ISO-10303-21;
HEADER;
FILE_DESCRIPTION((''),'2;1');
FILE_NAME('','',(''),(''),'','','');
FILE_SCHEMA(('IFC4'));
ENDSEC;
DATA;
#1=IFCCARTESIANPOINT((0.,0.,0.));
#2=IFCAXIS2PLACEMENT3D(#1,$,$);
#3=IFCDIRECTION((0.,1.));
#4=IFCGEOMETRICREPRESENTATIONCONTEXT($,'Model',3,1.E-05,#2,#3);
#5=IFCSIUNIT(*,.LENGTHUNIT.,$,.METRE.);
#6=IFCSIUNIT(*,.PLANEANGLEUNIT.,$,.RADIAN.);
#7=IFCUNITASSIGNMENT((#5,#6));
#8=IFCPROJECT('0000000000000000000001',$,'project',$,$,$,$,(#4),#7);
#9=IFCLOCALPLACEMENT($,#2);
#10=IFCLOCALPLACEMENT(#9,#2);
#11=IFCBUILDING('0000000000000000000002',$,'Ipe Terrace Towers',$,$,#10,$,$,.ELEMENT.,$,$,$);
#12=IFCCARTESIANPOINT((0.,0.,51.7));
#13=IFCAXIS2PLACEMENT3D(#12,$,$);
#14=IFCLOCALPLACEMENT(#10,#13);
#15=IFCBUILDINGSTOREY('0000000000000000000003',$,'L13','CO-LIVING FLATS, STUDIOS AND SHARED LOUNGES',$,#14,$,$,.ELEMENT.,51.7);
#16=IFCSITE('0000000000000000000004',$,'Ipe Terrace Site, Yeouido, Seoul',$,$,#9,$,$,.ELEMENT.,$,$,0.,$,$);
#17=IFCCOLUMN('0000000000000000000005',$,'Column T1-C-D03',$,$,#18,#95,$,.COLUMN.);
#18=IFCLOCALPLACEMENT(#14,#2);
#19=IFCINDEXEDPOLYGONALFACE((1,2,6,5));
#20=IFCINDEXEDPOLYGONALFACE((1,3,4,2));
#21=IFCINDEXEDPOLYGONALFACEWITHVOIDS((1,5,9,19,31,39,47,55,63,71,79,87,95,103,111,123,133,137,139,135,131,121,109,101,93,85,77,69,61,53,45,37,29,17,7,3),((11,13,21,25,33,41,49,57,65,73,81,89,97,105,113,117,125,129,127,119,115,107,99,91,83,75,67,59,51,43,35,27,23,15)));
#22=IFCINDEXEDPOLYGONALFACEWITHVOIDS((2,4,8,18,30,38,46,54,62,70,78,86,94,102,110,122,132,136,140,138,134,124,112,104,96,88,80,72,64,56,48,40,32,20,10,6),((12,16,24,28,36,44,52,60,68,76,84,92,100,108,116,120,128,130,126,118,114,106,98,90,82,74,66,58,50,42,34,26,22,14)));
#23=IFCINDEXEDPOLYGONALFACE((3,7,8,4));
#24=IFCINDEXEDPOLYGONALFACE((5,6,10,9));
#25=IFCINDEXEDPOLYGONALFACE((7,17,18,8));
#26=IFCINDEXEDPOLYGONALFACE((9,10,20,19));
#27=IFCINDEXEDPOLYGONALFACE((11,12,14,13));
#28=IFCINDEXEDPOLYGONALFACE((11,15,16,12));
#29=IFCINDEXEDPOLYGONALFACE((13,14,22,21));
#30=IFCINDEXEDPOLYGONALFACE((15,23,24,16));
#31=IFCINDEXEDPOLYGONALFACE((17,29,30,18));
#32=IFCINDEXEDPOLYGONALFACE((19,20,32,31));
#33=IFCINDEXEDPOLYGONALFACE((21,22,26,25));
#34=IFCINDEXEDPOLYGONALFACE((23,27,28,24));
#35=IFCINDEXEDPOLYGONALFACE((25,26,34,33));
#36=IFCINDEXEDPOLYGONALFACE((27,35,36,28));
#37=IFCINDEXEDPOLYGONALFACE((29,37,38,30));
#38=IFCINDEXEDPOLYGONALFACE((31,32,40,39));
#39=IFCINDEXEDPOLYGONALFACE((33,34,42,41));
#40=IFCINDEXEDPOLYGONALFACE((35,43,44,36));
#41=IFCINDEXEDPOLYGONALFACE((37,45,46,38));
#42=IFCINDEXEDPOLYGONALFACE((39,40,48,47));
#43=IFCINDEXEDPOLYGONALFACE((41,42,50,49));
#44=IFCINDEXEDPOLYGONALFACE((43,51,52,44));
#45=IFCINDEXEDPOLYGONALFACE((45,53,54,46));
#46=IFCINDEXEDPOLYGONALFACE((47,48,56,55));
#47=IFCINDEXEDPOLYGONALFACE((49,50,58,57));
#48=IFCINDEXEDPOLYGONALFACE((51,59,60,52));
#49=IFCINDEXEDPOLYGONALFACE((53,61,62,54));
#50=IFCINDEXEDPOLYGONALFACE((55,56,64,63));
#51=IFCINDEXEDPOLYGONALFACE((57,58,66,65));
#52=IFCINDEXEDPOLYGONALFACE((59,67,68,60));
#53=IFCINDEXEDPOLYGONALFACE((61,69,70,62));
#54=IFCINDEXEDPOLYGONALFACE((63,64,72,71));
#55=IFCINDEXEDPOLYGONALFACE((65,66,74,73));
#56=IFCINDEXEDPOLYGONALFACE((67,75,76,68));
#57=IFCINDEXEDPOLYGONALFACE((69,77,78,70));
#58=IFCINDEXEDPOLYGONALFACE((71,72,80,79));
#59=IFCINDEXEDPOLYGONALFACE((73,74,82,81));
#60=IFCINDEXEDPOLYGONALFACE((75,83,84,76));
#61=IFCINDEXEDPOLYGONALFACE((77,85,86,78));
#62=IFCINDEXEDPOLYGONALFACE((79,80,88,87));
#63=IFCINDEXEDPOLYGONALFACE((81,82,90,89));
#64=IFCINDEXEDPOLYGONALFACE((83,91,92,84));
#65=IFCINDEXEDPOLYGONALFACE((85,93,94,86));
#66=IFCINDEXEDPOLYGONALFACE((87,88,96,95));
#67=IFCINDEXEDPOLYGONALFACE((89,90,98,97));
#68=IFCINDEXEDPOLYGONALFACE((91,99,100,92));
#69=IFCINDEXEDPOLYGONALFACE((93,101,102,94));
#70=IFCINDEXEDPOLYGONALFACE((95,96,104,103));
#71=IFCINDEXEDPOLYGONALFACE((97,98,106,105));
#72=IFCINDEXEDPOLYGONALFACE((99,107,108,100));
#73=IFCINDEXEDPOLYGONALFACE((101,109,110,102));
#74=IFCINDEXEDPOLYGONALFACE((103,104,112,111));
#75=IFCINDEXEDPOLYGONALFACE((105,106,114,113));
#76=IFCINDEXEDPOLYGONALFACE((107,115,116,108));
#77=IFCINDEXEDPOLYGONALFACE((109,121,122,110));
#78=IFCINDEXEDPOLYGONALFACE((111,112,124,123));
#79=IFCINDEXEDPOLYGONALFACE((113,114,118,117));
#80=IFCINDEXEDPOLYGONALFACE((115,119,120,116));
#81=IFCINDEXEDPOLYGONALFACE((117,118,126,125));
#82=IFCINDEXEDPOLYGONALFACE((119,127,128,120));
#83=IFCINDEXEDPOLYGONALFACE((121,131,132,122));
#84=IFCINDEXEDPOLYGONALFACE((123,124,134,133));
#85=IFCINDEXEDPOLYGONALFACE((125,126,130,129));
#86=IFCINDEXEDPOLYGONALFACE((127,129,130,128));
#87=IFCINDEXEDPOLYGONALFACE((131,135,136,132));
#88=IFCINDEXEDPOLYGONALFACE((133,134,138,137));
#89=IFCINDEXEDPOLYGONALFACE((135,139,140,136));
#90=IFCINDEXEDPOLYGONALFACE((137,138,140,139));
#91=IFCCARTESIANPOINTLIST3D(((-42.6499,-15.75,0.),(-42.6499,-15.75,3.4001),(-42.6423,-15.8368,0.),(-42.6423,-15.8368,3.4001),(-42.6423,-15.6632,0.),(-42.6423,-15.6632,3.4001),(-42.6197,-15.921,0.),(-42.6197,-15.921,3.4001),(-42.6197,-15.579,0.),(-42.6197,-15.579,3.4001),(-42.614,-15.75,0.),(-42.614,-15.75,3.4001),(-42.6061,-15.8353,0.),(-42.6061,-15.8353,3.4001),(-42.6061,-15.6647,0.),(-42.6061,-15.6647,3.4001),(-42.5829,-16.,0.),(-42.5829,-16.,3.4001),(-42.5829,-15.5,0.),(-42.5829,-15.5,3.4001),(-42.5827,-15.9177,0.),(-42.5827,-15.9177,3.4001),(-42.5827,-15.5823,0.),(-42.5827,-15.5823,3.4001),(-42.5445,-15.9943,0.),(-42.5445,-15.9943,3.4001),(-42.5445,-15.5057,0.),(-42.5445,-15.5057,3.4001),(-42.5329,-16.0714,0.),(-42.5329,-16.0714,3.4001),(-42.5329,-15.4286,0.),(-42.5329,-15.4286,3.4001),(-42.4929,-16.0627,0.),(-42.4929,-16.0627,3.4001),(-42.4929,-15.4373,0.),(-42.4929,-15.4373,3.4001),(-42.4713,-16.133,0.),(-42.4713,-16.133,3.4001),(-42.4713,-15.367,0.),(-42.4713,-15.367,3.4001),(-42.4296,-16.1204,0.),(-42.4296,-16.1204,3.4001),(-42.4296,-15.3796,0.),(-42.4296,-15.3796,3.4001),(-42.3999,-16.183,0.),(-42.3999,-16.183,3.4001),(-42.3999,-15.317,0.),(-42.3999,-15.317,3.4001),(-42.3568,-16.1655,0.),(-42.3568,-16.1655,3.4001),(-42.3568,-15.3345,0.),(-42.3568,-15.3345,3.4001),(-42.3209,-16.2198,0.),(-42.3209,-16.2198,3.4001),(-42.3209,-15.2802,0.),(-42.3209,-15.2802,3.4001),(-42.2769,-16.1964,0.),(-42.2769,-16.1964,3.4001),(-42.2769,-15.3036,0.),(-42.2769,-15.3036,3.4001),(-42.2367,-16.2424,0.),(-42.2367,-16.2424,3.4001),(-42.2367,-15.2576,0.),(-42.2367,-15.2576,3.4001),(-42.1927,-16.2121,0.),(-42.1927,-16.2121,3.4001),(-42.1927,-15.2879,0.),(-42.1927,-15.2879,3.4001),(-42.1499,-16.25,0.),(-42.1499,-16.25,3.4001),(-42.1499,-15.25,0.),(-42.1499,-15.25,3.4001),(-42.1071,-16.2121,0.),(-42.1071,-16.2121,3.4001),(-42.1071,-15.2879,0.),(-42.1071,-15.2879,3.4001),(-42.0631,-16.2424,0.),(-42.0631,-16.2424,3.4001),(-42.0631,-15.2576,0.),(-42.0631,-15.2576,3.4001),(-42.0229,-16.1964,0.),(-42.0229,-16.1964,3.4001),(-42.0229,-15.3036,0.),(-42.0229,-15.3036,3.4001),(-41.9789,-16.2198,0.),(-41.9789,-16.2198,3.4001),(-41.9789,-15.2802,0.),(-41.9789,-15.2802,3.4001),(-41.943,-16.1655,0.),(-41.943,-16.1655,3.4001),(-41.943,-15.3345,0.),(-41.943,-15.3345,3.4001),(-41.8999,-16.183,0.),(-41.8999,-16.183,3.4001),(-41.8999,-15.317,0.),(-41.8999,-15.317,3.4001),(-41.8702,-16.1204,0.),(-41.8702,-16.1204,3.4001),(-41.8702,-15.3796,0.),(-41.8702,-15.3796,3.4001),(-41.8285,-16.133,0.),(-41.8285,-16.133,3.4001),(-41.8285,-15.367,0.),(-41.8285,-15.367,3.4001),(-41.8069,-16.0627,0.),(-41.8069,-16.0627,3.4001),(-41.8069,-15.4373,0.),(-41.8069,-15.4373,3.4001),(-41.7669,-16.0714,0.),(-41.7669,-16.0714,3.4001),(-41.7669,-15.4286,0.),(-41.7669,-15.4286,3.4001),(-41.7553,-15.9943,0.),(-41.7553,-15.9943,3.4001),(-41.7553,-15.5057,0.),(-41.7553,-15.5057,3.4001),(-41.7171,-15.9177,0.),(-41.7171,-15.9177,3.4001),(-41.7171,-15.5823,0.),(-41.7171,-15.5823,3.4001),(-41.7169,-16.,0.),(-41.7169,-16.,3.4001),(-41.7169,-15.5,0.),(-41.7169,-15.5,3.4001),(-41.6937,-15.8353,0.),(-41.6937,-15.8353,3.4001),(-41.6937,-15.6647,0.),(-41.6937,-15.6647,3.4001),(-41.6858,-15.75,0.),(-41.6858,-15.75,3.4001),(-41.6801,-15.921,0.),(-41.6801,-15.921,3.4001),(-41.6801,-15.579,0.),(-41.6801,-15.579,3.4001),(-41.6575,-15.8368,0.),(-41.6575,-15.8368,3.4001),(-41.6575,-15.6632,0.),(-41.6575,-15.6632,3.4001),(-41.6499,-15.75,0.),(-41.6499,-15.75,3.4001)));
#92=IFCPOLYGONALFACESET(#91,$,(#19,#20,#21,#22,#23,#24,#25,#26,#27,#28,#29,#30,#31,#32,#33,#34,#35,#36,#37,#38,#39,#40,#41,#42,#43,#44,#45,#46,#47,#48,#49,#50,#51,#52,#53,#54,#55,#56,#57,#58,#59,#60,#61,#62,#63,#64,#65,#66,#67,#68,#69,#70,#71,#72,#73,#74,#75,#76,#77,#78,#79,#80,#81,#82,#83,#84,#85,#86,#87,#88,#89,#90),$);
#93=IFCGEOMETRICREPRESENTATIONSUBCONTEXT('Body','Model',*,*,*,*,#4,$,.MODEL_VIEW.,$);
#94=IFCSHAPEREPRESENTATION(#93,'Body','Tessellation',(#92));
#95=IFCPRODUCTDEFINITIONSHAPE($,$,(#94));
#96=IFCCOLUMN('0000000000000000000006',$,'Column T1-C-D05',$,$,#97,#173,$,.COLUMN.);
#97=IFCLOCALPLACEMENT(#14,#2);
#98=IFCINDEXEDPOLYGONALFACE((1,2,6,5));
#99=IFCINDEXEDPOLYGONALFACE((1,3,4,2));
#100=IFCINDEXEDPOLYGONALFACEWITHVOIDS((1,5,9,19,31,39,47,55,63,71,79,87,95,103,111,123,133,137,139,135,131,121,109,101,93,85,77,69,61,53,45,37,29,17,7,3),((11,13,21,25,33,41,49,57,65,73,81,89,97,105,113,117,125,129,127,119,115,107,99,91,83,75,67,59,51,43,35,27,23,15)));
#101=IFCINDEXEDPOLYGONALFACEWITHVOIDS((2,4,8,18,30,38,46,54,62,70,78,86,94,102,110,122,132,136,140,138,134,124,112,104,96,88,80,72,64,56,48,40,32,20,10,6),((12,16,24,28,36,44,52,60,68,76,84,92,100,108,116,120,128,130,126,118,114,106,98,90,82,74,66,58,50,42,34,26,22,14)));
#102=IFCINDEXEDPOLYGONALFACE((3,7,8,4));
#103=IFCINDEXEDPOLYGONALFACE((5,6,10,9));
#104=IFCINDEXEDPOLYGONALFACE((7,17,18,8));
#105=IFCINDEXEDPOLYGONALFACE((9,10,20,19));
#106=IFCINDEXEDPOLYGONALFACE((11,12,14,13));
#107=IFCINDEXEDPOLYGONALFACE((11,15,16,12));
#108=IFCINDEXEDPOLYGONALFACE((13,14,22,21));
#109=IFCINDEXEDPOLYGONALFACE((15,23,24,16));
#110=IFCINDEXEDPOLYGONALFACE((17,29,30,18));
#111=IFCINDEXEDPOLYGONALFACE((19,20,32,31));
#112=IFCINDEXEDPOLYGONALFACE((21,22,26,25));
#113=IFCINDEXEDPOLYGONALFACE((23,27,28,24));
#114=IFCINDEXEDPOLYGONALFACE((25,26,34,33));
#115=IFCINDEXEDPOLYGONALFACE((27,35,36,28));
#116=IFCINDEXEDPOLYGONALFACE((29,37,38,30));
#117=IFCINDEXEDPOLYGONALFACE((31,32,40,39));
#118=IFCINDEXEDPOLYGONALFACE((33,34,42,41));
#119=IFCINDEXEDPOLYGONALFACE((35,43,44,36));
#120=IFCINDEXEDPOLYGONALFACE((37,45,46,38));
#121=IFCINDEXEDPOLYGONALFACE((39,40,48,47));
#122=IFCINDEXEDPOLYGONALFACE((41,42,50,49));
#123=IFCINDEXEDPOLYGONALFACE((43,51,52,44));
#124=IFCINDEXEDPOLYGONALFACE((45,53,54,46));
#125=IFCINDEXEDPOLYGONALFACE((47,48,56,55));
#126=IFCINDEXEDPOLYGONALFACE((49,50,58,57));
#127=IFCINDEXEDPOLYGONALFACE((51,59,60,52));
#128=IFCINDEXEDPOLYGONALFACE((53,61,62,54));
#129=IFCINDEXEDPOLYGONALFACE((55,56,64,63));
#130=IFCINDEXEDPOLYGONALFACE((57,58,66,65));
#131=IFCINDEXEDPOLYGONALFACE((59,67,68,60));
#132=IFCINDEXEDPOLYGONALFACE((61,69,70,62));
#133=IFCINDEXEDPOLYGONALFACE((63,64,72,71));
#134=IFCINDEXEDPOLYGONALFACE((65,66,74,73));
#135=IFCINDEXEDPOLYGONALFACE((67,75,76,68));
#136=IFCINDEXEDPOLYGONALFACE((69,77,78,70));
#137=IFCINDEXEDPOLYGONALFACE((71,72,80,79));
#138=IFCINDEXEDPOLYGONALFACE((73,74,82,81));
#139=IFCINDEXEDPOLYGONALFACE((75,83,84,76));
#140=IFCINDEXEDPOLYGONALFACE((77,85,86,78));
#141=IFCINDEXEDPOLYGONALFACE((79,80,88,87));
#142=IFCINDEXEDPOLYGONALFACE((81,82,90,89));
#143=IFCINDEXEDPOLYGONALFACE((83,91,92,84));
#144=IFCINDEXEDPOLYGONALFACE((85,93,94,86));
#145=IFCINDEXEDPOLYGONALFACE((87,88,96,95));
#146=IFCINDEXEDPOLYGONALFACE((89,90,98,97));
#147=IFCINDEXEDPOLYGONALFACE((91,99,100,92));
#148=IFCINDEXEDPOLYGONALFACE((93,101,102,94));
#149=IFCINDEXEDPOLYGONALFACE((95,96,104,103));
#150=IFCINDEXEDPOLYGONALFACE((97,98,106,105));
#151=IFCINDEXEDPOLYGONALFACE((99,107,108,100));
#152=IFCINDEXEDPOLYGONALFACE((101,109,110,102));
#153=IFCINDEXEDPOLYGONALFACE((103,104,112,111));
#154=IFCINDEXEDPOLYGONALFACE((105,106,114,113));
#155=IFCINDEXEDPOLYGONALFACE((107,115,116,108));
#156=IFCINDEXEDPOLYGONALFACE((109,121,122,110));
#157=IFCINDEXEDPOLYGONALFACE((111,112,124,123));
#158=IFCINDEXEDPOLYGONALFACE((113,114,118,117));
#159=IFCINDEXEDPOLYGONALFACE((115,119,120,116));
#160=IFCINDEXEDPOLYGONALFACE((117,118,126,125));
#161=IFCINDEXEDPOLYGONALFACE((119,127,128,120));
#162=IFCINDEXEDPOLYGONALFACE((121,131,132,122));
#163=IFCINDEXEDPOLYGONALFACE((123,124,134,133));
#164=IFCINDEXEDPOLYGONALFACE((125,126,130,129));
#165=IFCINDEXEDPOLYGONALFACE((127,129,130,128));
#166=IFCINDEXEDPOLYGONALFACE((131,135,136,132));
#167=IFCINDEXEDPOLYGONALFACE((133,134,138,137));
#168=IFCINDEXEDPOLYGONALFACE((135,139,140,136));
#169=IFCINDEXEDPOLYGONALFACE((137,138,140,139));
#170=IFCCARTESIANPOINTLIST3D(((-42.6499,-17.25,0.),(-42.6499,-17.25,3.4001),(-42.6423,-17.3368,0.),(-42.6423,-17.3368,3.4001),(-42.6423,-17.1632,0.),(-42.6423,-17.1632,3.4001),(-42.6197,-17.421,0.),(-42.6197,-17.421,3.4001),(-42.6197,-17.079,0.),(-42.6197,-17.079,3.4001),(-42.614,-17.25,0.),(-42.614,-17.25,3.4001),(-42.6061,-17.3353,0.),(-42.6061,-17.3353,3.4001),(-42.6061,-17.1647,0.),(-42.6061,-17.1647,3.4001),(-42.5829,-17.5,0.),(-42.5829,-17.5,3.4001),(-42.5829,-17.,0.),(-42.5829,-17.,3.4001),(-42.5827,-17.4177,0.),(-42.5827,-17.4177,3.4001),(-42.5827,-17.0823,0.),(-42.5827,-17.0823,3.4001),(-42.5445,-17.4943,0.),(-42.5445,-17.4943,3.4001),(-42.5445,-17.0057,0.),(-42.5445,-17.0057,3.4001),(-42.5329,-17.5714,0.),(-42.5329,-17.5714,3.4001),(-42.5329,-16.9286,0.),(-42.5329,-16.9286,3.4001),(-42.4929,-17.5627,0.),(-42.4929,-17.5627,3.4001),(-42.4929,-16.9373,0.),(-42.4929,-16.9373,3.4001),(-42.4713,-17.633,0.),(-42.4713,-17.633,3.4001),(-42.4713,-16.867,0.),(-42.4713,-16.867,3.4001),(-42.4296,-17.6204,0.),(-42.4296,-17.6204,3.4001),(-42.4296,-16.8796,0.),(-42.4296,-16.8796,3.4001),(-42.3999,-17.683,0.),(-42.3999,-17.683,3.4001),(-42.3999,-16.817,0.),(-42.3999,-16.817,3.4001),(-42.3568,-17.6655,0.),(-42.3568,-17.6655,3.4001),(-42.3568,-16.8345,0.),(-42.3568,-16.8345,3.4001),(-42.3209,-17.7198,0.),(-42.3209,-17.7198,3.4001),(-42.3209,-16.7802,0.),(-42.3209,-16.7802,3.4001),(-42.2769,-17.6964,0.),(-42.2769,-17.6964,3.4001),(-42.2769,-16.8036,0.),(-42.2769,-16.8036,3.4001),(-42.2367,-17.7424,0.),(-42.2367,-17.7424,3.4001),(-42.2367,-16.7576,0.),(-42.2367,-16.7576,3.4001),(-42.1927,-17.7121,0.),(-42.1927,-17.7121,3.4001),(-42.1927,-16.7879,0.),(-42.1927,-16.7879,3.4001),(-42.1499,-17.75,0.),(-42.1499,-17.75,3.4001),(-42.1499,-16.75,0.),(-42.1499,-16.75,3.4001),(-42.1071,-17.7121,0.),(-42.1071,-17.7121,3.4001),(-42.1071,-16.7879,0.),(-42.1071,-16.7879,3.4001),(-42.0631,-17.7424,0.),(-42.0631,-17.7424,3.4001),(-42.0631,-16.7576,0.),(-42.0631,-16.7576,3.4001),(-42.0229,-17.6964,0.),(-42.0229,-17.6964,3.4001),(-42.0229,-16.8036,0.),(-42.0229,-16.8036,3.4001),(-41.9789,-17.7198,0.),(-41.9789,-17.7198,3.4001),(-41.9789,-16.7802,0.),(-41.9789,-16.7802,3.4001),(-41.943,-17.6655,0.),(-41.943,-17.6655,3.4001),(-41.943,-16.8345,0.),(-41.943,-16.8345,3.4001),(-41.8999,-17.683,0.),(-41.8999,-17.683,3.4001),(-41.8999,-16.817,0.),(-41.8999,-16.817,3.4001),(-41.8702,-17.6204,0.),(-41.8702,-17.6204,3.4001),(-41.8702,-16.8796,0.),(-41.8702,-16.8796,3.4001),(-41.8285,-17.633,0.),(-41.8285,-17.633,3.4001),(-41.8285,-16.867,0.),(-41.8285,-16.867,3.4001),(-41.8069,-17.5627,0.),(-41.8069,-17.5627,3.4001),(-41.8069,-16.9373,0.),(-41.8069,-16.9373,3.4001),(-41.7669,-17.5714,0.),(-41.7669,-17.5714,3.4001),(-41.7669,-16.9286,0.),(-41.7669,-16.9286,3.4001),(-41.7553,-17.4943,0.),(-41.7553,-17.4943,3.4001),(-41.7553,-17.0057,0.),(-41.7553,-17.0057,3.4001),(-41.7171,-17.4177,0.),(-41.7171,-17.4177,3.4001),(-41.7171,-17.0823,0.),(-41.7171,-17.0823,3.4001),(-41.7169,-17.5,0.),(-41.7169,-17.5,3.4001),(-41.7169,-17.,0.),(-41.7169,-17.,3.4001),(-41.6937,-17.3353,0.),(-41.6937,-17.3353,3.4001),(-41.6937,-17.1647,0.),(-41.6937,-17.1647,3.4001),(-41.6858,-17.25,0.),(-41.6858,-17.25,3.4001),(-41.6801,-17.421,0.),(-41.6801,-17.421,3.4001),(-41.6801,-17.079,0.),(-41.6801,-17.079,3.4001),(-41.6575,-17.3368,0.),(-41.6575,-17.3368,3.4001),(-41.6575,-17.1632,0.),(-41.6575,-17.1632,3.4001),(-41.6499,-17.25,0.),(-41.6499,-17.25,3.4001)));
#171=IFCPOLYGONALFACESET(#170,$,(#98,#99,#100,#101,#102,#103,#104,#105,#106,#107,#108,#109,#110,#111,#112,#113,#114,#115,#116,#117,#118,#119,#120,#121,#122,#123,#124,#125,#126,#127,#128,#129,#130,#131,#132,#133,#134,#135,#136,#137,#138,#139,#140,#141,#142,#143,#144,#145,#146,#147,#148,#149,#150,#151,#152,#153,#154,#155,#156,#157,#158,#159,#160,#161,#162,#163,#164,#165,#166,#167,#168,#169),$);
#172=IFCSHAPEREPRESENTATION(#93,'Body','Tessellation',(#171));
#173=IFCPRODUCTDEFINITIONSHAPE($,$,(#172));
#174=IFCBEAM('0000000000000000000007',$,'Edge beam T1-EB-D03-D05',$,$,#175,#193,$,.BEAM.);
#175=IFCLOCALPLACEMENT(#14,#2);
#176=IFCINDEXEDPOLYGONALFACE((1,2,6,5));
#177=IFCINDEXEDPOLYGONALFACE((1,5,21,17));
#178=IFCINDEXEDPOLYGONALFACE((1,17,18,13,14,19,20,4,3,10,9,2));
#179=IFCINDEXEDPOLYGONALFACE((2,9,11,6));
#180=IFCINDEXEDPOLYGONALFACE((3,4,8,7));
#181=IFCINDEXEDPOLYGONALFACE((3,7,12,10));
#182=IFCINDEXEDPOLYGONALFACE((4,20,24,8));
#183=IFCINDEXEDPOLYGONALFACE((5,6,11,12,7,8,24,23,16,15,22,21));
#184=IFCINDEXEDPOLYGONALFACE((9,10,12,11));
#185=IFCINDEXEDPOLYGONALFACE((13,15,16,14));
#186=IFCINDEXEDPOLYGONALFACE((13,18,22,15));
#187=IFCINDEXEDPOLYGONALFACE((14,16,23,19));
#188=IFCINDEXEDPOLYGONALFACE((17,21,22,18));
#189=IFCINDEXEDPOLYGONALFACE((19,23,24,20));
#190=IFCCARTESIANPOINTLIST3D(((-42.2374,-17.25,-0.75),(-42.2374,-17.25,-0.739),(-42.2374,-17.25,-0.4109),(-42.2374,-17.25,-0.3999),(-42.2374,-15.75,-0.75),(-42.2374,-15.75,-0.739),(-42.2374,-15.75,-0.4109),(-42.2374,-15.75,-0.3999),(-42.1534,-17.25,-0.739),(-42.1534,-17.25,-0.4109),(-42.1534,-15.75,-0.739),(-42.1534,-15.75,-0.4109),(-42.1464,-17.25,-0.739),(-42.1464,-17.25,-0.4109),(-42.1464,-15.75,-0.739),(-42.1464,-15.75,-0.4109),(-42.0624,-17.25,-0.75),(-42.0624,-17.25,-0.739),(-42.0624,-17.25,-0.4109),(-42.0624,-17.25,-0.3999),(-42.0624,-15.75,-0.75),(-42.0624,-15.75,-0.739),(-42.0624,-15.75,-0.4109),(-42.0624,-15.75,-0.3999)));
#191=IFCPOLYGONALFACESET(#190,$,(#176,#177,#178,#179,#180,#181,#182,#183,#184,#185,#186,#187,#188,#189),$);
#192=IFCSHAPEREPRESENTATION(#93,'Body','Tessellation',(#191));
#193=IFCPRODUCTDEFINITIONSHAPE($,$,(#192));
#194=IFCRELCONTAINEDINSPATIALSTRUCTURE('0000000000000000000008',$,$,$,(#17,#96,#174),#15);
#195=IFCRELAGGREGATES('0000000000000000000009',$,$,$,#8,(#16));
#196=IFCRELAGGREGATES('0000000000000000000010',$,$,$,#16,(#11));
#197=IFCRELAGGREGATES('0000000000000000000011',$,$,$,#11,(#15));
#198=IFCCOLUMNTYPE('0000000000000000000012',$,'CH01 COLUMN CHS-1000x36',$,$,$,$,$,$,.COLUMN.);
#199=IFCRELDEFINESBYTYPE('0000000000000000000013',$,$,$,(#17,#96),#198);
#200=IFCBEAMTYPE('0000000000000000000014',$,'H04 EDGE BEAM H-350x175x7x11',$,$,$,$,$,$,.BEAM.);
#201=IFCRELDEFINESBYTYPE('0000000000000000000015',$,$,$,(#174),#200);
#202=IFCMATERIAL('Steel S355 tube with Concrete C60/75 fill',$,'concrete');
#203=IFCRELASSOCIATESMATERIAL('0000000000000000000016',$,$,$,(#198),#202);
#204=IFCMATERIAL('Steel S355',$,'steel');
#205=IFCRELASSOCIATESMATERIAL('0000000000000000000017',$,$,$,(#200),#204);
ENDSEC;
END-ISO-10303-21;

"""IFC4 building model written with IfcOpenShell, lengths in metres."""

from ifc_helpers import new_model, si_unit, direction, frame, origin, origin_2d, place, context, subcontext, project, spatial, hollow_circle, i_section, extrude, material, material_profile, profile_set, type_object, element, save


model = new_model("IFC4")

# Units and contexts
model_context = context("Model", 3, precision=1e-05, world=origin(), true_north=direction((0.0, 1.0)))
body_context = subcontext(model_context, "Body", "Model", "MODEL_VIEW")
ifc_project = project(units=[si_unit("LENGTHUNIT", "METRE"), si_unit("PLANEANGLEUNIT", "RADIAN")], contexts=[model_context])

# Site, building, storey
site_placement = place(None, origin())
site = spatial("IfcSite", under=ifc_project, at=site_placement, Name="Ipe Terrace Site, Yeouido, Seoul", CompositionType="ELEMENT", RefElevation=0.0)
building_placement = place(site_placement, origin())
building = spatial("IfcBuilding", under=site, at=building_placement, Name="Ipe Terrace Towers", CompositionType="ELEMENT")
storey_placement = place(building_placement, frame((0.0, 0.0, 51.7)))
storey = spatial("IfcBuildingStorey", under=building, at=storey_placement, Name="L13", Description="CO-LIVING FLATS, STUDIOS AND SHARED LOUNGES", CompositionType="ELEMENT", Elevation=51.7)

# Columns
ifc_material_1 = material(Name="Steel S355 tube with Concrete C60/75 fill", Category="concrete")
ifc_material_profile_1 = material_profile(ifc_material_1, hollow_circle(Radius=0.5, WallThickness=0.0359, at=origin_2d()), Name="CHS-1000x36")
ifc_profile_set_1 = profile_set([ifc_material_profile_1], Name="Steel S355 tube with Concrete C60/75 fill")
column_type = type_object("IfcColumnType", Name="CH01 COLUMN CHS-1000x36", PredefinedType="COLUMN", material=ifc_profile_set_1)
for number, where, z_axis, x_axis, name in (
    (1, (-42.1499, -15.75, 0.0), (0.0, 0.0, 1.0), (1.0, 0.0, 0.0), "Column T1-C-D03"),
    (2, (-42.1499, -17.25, 0.0), (0.0, 0.0, 1.0), (1.0, 0.0, 0.0), "Column T1-C-D05"),
):
    element("IfcColumn", number, at=place(storey_placement, frame(where, z_axis=z_axis, x_axis=x_axis)), inside=storey, type_object=column_type, Name=name, PredefinedType="COLUMN", context=body_context, shape_type="SweptSolid", body=[
        extrude(hollow_circle(Radius=0.5, WallThickness=0.0359, at=origin_2d()), origin(), (0.0, 0.0, 1.0), 3.4001),
    ])

# Beam
ifc_material_2 = material(Name="Steel S355", Category="steel")
ifc_material_profile_2 = material_profile(ifc_material_2, i_section(OverallWidth=0.175, OverallDepth=0.3501, WebThickness=0.0071, FlangeThickness=0.011, at=origin_2d()), Name="H-350x175x7x11")
ifc_profile_set_2 = profile_set([ifc_material_profile_2], Name="Steel S355")
beam_type = type_object("IfcBeamType", Name="H04 EDGE BEAM H-350x175x7x11", PredefinedType="BEAM", material=ifc_profile_set_2)
beam_placement = place(storey_placement, frame((-42.1499, -15.75, -0.575), z_axis=(0.0, -1.0, 0.0), x_axis=(1.0, 0.0, 0.0)))
element("IfcBeam", 3, at=beam_placement, inside=storey, type_object=beam_type, Name="Edge beam T1-EB-D03-D05", PredefinedType="BEAM", context=body_context, shape_type="SweptSolid", body=[
    extrude(i_section(OverallWidth=0.175, OverallDepth=0.3501, WebThickness=0.0071, FlangeThickness=0.011, at=origin_2d()), origin(), (0.0, 0.0, 1.0), 1.5),
])

save(model, "model.ifc")
